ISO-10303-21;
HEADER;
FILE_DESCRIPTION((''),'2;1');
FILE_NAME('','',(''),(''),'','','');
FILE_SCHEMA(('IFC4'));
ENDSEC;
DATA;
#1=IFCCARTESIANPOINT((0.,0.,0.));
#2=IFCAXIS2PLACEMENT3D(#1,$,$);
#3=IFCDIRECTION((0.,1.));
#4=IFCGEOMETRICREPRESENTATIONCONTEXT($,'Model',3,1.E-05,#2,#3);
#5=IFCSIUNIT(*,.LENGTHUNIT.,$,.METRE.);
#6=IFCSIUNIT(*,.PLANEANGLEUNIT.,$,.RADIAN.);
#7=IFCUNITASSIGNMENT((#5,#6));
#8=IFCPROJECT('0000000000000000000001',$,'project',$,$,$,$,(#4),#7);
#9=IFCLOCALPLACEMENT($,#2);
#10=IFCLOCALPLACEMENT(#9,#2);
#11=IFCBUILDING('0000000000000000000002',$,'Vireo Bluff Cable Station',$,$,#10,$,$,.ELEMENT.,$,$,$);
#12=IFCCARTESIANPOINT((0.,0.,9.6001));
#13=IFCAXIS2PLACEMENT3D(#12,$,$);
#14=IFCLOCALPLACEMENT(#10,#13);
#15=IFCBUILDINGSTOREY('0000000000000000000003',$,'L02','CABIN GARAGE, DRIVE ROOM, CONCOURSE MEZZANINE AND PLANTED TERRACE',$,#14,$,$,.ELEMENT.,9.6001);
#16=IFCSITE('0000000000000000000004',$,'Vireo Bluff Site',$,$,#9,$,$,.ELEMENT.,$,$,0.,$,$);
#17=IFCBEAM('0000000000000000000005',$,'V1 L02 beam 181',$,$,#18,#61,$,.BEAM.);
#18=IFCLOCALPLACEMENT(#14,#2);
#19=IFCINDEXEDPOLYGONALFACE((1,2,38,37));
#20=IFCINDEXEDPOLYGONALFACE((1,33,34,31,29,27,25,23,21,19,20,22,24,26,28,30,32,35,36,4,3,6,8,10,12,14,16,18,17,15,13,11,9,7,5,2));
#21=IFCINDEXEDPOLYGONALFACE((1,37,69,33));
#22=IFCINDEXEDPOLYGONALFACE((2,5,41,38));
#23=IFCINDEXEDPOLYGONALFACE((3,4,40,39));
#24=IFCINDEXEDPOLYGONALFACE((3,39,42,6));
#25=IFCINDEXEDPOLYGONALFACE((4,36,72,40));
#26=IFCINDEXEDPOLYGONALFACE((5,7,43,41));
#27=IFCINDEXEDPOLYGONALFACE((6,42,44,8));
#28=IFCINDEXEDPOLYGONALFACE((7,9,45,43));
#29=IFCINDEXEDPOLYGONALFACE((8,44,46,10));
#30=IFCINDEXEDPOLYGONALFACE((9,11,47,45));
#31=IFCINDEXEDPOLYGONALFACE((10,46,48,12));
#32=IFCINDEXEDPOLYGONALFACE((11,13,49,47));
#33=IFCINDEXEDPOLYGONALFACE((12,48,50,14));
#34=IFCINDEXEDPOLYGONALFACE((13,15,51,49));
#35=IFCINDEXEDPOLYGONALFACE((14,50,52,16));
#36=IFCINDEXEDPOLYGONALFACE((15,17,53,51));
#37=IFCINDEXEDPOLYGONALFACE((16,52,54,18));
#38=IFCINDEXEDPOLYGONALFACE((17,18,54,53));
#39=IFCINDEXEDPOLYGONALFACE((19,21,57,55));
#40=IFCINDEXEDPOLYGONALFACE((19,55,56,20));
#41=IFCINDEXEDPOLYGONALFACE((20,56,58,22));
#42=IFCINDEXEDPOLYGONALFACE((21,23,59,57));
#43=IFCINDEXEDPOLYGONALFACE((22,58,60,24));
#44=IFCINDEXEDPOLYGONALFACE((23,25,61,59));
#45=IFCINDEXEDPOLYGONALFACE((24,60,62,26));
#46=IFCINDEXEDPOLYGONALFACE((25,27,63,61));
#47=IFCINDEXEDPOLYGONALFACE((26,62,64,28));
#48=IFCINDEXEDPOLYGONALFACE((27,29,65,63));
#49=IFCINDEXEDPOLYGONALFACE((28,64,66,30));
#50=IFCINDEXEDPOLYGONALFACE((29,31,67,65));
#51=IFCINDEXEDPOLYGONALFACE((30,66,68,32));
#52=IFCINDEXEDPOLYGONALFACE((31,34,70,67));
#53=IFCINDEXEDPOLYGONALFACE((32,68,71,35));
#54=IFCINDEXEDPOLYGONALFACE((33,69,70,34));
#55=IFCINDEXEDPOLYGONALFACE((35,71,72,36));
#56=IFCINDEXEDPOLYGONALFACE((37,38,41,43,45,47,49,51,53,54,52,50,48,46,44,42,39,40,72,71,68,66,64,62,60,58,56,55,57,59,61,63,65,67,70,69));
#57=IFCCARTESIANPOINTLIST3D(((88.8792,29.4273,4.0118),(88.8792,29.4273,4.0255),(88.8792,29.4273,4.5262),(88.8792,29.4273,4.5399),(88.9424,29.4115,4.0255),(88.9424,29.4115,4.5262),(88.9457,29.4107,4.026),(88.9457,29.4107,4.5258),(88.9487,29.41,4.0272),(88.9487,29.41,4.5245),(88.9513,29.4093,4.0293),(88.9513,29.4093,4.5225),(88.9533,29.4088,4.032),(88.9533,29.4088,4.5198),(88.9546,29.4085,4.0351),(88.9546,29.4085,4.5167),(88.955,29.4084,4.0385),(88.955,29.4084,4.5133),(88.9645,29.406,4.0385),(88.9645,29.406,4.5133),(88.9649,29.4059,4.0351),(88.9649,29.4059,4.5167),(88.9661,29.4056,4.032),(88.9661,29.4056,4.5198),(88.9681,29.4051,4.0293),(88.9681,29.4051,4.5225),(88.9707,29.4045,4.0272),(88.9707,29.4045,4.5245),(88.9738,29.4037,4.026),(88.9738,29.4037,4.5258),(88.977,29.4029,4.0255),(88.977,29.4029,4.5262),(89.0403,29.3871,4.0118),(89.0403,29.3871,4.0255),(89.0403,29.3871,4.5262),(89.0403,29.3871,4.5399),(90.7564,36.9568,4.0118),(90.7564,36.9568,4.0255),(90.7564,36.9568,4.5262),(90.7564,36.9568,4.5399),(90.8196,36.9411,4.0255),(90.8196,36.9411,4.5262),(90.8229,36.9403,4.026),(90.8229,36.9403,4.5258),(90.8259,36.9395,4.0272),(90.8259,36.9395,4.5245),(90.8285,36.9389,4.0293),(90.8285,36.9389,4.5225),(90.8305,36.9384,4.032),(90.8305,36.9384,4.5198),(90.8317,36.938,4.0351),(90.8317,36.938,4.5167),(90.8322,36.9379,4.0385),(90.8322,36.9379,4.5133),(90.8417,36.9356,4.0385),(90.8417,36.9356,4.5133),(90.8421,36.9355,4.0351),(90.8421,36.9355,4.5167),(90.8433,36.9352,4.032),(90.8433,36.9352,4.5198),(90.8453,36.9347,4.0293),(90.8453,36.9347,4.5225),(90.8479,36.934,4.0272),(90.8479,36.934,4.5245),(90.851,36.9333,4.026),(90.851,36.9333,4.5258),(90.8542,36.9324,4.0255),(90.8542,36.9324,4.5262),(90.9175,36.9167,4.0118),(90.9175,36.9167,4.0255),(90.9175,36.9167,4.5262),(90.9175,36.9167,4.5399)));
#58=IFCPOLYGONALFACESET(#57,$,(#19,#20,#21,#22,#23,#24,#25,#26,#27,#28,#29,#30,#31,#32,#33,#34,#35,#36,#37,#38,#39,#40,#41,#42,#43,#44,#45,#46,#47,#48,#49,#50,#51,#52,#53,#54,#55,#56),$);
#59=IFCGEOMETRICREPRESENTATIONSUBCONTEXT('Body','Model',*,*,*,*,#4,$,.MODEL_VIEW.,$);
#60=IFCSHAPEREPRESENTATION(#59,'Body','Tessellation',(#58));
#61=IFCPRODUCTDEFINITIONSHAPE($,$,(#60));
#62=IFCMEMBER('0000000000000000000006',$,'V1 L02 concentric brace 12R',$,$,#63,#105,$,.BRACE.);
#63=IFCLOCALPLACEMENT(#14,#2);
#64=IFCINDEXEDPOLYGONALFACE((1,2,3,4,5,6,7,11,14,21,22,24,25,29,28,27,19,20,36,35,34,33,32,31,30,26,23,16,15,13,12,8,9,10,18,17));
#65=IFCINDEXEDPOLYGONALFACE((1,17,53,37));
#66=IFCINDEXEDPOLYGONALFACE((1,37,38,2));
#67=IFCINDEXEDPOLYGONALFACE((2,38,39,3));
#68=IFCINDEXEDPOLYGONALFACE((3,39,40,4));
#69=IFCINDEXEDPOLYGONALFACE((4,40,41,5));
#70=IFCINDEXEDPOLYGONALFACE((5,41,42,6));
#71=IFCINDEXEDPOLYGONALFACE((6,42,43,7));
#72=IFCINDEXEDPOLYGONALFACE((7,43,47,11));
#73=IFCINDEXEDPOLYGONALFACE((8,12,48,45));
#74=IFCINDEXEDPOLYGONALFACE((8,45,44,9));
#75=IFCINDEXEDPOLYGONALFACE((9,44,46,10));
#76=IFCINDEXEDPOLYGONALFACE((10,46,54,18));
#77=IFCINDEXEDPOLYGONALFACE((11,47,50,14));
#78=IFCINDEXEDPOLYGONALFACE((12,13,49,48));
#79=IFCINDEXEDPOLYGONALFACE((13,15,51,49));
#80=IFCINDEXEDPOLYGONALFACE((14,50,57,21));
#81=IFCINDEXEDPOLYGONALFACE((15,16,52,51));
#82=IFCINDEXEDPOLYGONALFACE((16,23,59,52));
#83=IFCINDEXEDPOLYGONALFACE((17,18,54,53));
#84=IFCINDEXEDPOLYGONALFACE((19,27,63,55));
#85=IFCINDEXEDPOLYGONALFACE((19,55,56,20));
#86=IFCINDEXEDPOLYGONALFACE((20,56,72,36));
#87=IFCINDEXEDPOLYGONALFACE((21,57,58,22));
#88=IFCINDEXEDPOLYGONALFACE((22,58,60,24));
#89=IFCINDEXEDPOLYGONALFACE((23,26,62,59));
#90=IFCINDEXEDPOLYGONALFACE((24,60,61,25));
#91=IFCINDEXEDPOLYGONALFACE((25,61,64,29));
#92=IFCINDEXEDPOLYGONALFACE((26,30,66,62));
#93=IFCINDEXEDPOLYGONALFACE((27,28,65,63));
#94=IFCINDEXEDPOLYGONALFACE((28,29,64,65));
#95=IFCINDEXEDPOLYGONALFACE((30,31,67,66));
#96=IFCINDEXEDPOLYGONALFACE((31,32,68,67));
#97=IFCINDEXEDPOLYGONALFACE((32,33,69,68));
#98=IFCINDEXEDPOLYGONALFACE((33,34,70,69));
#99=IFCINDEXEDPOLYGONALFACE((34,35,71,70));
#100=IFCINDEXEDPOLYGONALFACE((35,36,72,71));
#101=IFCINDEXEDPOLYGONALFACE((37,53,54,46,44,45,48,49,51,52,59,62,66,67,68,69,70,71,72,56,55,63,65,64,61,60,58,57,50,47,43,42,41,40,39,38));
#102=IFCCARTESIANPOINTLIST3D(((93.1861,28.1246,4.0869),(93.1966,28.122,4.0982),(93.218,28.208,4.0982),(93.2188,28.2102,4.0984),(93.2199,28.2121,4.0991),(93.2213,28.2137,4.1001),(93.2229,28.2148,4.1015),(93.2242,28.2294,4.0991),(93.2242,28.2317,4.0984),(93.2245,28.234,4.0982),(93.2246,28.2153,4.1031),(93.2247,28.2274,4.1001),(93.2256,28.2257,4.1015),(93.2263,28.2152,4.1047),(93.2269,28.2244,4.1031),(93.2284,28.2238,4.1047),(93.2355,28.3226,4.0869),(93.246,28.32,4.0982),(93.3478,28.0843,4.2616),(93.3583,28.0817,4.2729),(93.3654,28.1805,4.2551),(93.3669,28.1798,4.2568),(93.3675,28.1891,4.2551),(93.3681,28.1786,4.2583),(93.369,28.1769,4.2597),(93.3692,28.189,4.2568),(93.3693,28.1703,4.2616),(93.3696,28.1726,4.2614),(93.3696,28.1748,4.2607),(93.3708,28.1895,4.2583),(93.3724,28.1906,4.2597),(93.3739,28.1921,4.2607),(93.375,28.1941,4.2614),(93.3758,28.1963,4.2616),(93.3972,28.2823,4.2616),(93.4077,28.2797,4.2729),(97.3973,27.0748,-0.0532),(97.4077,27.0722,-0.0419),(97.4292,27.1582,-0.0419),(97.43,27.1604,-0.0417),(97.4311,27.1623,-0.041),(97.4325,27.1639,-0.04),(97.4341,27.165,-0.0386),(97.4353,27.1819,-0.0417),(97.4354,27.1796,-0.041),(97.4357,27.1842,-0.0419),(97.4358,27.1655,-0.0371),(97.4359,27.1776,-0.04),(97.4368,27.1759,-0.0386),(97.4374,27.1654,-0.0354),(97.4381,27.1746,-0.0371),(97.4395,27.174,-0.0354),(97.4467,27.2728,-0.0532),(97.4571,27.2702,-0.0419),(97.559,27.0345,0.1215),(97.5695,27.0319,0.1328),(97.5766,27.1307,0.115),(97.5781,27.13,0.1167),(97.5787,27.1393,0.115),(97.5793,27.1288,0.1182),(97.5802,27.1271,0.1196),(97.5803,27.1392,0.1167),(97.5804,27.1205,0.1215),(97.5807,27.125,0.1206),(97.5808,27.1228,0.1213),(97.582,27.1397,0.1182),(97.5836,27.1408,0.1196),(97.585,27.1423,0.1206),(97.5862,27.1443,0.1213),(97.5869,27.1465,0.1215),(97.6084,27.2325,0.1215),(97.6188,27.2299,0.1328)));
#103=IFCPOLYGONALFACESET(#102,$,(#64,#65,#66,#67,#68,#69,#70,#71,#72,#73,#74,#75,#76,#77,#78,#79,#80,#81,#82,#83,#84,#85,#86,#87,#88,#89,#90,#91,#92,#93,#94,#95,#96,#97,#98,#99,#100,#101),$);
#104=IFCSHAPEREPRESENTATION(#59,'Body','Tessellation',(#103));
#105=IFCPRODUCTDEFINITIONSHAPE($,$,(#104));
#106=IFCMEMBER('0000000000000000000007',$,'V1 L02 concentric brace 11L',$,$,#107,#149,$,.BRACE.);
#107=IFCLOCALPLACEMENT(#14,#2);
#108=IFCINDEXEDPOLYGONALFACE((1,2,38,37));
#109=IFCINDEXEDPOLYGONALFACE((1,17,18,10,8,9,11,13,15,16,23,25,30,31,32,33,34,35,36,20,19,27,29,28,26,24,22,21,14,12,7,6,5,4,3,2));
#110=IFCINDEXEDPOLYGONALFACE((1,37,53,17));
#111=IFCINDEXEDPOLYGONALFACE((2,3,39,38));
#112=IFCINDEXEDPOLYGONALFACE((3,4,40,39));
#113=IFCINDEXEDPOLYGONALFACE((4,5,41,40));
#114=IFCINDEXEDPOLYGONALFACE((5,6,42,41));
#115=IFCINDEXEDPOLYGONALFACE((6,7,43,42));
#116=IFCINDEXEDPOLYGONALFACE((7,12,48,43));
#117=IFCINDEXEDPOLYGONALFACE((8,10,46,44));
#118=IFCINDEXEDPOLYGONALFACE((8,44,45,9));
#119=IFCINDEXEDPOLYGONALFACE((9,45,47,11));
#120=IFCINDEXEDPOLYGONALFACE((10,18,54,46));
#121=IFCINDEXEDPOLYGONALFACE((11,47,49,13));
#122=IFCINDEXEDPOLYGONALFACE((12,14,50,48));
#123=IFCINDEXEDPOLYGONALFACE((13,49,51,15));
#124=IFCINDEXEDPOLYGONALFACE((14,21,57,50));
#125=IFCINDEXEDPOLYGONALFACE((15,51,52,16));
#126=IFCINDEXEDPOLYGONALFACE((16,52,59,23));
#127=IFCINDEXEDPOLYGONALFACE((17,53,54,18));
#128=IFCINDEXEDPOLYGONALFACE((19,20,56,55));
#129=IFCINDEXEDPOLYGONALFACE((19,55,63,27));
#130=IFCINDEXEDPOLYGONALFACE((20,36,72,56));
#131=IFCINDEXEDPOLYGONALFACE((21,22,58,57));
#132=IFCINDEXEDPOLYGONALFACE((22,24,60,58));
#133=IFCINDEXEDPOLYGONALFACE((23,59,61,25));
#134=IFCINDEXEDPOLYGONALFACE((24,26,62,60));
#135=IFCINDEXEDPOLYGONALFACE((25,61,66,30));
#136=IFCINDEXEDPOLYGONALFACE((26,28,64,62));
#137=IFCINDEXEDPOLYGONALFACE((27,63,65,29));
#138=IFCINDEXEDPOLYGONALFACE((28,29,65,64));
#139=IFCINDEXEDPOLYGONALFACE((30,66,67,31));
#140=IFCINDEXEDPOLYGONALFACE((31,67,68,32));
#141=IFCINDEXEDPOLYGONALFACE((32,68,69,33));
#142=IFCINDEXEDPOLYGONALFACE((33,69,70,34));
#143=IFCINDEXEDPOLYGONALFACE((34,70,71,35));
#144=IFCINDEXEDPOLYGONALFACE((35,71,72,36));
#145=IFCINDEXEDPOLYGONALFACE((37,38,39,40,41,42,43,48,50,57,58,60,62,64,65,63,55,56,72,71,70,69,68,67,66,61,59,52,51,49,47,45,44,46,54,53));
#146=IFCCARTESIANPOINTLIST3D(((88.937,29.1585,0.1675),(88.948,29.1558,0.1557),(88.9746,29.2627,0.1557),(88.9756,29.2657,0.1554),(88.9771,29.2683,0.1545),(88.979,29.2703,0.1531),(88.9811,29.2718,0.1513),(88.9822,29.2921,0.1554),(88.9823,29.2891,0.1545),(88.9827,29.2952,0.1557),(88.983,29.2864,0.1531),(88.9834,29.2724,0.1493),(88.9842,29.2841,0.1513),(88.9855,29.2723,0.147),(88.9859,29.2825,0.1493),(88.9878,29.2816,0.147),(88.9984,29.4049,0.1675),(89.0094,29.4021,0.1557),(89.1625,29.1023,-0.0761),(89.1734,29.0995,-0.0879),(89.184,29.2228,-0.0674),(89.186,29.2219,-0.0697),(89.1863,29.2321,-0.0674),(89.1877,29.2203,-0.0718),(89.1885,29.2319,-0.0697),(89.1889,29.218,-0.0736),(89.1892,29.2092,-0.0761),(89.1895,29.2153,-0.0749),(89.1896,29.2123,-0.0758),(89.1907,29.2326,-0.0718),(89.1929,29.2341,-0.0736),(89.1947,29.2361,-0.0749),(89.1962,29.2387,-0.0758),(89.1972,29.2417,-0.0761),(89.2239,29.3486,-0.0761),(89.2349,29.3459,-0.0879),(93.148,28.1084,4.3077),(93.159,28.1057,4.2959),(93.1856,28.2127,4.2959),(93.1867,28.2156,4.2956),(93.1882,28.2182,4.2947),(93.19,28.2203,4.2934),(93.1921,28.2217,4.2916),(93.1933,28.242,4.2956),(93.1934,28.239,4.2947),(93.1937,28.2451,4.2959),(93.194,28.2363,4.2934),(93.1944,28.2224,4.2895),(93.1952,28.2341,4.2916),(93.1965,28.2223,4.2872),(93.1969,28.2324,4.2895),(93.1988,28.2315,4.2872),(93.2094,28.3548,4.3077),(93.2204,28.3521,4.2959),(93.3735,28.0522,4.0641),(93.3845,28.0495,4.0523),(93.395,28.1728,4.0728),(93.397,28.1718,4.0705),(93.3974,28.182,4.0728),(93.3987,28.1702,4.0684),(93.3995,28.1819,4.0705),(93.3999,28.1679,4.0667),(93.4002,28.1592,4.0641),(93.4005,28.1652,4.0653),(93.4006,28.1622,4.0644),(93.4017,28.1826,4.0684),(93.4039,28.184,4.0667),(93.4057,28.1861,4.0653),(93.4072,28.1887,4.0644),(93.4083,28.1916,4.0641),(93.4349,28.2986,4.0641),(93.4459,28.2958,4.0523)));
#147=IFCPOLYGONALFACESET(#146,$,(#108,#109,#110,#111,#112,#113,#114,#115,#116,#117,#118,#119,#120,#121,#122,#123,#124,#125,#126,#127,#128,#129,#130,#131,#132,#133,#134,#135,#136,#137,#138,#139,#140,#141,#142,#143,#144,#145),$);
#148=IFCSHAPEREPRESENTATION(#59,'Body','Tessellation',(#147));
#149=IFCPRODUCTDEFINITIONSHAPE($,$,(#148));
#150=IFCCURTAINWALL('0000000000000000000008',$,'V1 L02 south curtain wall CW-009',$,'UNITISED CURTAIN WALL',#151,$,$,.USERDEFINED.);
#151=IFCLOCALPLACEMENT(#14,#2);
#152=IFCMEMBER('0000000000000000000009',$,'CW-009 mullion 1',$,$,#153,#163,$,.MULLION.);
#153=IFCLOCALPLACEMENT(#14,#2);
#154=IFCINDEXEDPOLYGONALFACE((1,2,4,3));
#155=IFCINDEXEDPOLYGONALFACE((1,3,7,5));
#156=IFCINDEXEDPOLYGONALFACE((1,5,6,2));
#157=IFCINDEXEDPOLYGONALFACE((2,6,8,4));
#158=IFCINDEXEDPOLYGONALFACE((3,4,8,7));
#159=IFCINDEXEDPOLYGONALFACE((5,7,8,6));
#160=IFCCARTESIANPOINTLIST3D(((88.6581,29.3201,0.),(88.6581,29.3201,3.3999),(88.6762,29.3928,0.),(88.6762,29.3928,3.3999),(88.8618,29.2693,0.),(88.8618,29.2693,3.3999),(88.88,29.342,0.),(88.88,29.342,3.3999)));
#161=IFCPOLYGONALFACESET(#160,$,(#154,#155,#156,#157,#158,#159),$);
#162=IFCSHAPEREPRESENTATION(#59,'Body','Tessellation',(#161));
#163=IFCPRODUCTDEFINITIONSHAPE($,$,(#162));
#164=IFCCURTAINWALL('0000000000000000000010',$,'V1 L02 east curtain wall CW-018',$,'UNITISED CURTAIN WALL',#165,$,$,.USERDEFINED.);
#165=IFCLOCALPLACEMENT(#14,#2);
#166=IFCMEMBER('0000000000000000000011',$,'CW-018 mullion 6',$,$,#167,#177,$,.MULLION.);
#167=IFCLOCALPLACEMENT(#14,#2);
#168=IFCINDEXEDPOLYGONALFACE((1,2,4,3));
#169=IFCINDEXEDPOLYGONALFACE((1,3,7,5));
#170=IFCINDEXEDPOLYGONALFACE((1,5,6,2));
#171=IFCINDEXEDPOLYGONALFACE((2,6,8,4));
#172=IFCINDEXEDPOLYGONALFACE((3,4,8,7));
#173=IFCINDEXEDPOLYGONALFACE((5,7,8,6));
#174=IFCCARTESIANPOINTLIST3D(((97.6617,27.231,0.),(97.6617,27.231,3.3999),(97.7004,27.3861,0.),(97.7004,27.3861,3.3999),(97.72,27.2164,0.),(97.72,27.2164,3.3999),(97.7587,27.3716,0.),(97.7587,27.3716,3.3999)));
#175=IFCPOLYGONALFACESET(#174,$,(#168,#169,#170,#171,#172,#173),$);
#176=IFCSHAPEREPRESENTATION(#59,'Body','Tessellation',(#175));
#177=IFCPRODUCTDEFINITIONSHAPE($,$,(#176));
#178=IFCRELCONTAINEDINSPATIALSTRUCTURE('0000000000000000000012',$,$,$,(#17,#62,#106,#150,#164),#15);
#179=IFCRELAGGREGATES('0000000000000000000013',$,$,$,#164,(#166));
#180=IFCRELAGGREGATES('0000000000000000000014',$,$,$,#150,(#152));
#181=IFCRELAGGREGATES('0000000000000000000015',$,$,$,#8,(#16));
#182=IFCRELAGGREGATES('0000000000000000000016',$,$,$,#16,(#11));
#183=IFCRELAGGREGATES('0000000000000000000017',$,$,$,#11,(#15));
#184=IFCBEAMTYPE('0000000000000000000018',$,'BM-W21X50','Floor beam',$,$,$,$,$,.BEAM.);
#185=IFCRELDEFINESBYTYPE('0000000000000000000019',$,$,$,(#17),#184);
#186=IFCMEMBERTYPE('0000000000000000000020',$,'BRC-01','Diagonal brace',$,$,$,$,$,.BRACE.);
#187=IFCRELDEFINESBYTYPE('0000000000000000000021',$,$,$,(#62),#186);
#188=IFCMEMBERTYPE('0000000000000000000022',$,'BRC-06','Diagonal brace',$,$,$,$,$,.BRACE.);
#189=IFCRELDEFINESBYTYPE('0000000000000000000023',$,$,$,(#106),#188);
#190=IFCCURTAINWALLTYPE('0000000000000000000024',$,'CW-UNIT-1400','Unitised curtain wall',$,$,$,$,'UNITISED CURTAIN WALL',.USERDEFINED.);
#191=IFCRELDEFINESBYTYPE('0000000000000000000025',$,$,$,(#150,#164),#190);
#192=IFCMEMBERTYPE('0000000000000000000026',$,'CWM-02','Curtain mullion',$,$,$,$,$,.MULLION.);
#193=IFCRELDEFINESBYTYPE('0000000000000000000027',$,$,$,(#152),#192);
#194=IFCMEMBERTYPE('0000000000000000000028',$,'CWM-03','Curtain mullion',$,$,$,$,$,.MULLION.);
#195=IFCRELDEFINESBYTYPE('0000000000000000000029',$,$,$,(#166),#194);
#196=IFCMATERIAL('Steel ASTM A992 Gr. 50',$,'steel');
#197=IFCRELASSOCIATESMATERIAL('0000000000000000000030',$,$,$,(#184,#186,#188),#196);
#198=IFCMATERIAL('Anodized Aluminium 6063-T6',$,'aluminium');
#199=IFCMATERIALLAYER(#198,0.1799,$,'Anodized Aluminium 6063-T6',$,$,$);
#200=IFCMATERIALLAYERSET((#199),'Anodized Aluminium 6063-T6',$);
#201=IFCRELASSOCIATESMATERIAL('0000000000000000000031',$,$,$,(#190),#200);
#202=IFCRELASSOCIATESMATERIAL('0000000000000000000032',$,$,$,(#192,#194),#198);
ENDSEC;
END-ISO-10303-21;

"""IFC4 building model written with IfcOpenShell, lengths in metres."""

from ifc_helpers import new_model, si_unit, direction, frame, origin, origin_2d, place, context, subcontext, project, spatial, rectangle, i_section, extrude, material, layer, layer_set, material_profile, profile_set, type_object, element, aggregate, save


model = new_model("IFC4")

# Units and contexts
model_context = context("Model", 3, precision=1e-05, world=origin(), true_north=direction((0.0, 1.0)))
body_context = subcontext(model_context, "Body", "Model", "MODEL_VIEW")
ifc_project = project(units=[si_unit("LENGTHUNIT", "METRE"), si_unit("PLANEANGLEUNIT", "RADIAN")], contexts=[model_context])

# Site, building, storey
site_placement = place(None, origin())
site = spatial("IfcSite", under=ifc_project, at=site_placement, Name="Vireo Bluff Site", CompositionType="ELEMENT", RefElevation=0.0)
building_placement = place(site_placement, origin())
building = spatial("IfcBuilding", under=site, at=building_placement, Name="Vireo Bluff Cable Station", CompositionType="ELEMENT")
storey_placement = place(building_placement, frame((0.0, 0.0, 9.6001)))
storey = spatial("IfcBuildingStorey", under=building, at=storey_placement, Name="L02", Description="CABIN GARAGE, DRIVE ROOM, CONCOURSE MEZZANINE AND PLANTED TERRACE", CompositionType="ELEMENT", Elevation=9.6001)

# Shared definitions
ifc_material_1 = material(Name="Steel ASTM A992 Gr. 50", Category="steel")

# Beam
ifc_material_profile_1 = material_profile(ifc_material_1, i_section(OverallWidth=0.166, OverallDepth=0.5281, WebThickness=0.0098, FlangeThickness=0.0137, FilletRadius=0.0129, at=origin_2d()), Name="W21X50")
ifc_profile_set_1 = profile_set([ifc_material_profile_1], Name="Steel ASTM A992 Gr. 50")
beam_type_1 = type_object("IfcBeamType", Name="BM-W21X50", Description="Floor beam", PredefinedType="BEAM", material=ifc_profile_set_1)
beam_1_placement = place(storey_placement, frame((88.9597, 29.4072, 4.2759), z_axis=(0.241906, 0.9703, 0.0), x_axis=(-0.9703, 0.241906, 0.0)))
element("IfcBeam", 1, at=beam_1_placement, inside=storey, type_object=beam_type_1, Name="V1 L02 beam 181", PredefinedType="BEAM", context=body_context, shape_type="SweptSolid", body=[
    extrude(i_section(OverallWidth=0.166, OverallDepth=0.5281, WebThickness=0.0098, FlangeThickness=0.0137, FilletRadius=0.0129, at=origin_2d()), origin(), (0.0, 0.0, 1.0), 7.76),
])

# Members
ifc_material_profile_2 = material_profile(ifc_material_1, i_section(OverallWidth=0.2041, OverallDepth=0.2571, WebThickness=0.0088, FlangeThickness=0.0156, FilletRadius=0.009, at=origin_2d()), Name="W10X45")
ifc_profile_set_2 = profile_set([ifc_material_profile_2], Name="Steel ASTM A992 Gr. 50")
member_type_1 = type_object("IfcMemberType", Name="BRC-01", Description="Diagonal brace", PredefinedType="BRACE", material=ifc_profile_set_2)
member_1_placement = place(storey_placement, frame((97.5081, 27.1523, 0.0398), z_axis=(-0.702089, 0.175024, 0.690245), x_axis=(-0.241887, -0.970304, 0.0)))
element("IfcMember", 2, at=member_1_placement, inside=storey, type_object=member_type_1, Name="V1 L02 concentric brace 12R", PredefinedType="BRACE", context=body_context, shape_type="SweptSolid", body=[
    extrude(i_section(OverallWidth=0.2041, OverallDepth=0.2571, WebThickness=0.0088, FlangeThickness=0.0156, FilletRadius=0.009, at=origin_2d()), origin(), (0.0, 0.0, 1.0), 5.998),
])
ifc_material_profile_3 = material_profile(ifc_material_1, i_section(OverallWidth=0.2539, OverallDepth=0.353, WebThickness=0.0095, FlangeThickness=0.0164, FilletRadius=0.012, at=origin_2d()), Name="W14X61")
ifc_profile_set_3 = profile_set([ifc_material_profile_3], Name="Steel ASTM A992 Gr. 50")
member_type_2 = type_object("IfcMemberType", Name="BRC-06", Description="Diagonal brace", PredefinedType="BRACE", material=ifc_profile_set_3)
member_2_placement = place(storey_placement, frame((89.0859, 29.2522, 0.0398), z_axis=(0.702064, -0.175068, 0.690259), x_axis=(0.241953, 0.970288, 0.0)))
element("IfcMember", 3, at=member_2_placement, inside=storey, type_object=member_type_2, Name="V1 L02 concentric brace 11L", PredefinedType="BRACE", context=body_context, shape_type="SweptSolid", body=[
    extrude(i_section(OverallWidth=0.2539, OverallDepth=0.353, WebThickness=0.0095, FlangeThickness=0.0164, FilletRadius=0.012, at=origin_2d()), origin(), (0.0, 0.0, 1.0), 5.998),
])

# Curtain walls, members
ifc_material_2 = material(Name="Anodized Aluminium 6063-T6", Category="aluminium")
ifc_layer_1 = layer(ifc_material_2, 0.1799, Name="Anodized Aluminium 6063-T6")
ifc_layer_set_1 = layer_set([ifc_layer_1], Name="Anodized Aluminium 6063-T6")
curtain_wall_type = type_object("IfcCurtainWallType", Name="CW-UNIT-1400", Description="Unitised curtain wall", ElementType="UNITISED CURTAIN WALL", PredefinedType="USERDEFINED", material=ifc_layer_set_1)
curtain_wall_1_placement = place(storey_placement, origin())
curtain_wall_1 = element("IfcCurtainWall", 4, at=curtain_wall_1_placement, inside=storey, type_object=curtain_wall_type, Name="V1 L02 south curtain wall CW-009", ObjectType="UNITISED CURTAIN WALL", PredefinedType="USERDEFINED")
ifc_material_profile_4 = material_profile(ifc_material_2, rectangle(XDim=0.075, YDim=0.21, at=origin_2d()), Name="ALU-M-75X210")
ifc_profile_set_4 = profile_set([ifc_material_profile_4], Name="Anodized Aluminium 6063-T6")
member_type_3 = type_object("IfcMemberType", Name="CWM-02", Description="Curtain mullion", PredefinedType="MULLION", material=ifc_profile_set_4)
member_3_placement = place(storey_placement, frame((88.769, 29.3311, 0.0), z_axis=(0.0, 0.0, 1.0), x_axis=(-0.241922, -0.970296, 0.0)))
member_3 = element("IfcMember", 5, at=member_3_placement, type_object=member_type_3, Name="CW-009 mullion 1", PredefinedType="MULLION", context=body_context, shape_type="SweptSolid", body=[
    extrude(rectangle(XDim=0.075, YDim=0.21, at=origin_2d()), origin(), (0.0, 0.0, 1.0), 3.3999),
])
curtain_wall_2_placement = place(storey_placement, origin())
curtain_wall_2 = element("IfcCurtainWall", 6, at=curtain_wall_2_placement, inside=storey, type_object=curtain_wall_type, Name="V1 L02 east curtain wall CW-018", ObjectType="UNITISED CURTAIN WALL", PredefinedType="USERDEFINED")
ifc_material_profile_5 = material_profile(ifc_material_2, rectangle(XDim=0.0601, YDim=0.1599, at=origin_2d()), Name="ALU-M-60X160")
ifc_profile_set_5 = profile_set([ifc_material_profile_5], Name="Anodized Aluminium 6063-T6")
member_type_4 = type_object("IfcMemberType", Name="CWM-03", Description="Curtain mullion", PredefinedType="MULLION", material=ifc_profile_set_5)
member_4_placement = place(storey_placement, frame((97.7102, 27.3013, 0.0), z_axis=(0.0, 0.0, 1.0), x_axis=(0.970296, -0.241922, 0.0)))
member_4 = element("IfcMember", 7, at=member_4_placement, type_object=member_type_4, Name="CW-018 mullion 6", PredefinedType="MULLION", context=body_context, shape_type="SweptSolid", body=[
    extrude(rectangle(XDim=0.0601, YDim=0.1599, at=origin_2d()), origin(), (0.0, 0.0, 1.0), 3.3999),
])

aggregate(curtain_wall_2, [member_4])
aggregate(curtain_wall_1, [member_3])

save(model, "model.ifc")
